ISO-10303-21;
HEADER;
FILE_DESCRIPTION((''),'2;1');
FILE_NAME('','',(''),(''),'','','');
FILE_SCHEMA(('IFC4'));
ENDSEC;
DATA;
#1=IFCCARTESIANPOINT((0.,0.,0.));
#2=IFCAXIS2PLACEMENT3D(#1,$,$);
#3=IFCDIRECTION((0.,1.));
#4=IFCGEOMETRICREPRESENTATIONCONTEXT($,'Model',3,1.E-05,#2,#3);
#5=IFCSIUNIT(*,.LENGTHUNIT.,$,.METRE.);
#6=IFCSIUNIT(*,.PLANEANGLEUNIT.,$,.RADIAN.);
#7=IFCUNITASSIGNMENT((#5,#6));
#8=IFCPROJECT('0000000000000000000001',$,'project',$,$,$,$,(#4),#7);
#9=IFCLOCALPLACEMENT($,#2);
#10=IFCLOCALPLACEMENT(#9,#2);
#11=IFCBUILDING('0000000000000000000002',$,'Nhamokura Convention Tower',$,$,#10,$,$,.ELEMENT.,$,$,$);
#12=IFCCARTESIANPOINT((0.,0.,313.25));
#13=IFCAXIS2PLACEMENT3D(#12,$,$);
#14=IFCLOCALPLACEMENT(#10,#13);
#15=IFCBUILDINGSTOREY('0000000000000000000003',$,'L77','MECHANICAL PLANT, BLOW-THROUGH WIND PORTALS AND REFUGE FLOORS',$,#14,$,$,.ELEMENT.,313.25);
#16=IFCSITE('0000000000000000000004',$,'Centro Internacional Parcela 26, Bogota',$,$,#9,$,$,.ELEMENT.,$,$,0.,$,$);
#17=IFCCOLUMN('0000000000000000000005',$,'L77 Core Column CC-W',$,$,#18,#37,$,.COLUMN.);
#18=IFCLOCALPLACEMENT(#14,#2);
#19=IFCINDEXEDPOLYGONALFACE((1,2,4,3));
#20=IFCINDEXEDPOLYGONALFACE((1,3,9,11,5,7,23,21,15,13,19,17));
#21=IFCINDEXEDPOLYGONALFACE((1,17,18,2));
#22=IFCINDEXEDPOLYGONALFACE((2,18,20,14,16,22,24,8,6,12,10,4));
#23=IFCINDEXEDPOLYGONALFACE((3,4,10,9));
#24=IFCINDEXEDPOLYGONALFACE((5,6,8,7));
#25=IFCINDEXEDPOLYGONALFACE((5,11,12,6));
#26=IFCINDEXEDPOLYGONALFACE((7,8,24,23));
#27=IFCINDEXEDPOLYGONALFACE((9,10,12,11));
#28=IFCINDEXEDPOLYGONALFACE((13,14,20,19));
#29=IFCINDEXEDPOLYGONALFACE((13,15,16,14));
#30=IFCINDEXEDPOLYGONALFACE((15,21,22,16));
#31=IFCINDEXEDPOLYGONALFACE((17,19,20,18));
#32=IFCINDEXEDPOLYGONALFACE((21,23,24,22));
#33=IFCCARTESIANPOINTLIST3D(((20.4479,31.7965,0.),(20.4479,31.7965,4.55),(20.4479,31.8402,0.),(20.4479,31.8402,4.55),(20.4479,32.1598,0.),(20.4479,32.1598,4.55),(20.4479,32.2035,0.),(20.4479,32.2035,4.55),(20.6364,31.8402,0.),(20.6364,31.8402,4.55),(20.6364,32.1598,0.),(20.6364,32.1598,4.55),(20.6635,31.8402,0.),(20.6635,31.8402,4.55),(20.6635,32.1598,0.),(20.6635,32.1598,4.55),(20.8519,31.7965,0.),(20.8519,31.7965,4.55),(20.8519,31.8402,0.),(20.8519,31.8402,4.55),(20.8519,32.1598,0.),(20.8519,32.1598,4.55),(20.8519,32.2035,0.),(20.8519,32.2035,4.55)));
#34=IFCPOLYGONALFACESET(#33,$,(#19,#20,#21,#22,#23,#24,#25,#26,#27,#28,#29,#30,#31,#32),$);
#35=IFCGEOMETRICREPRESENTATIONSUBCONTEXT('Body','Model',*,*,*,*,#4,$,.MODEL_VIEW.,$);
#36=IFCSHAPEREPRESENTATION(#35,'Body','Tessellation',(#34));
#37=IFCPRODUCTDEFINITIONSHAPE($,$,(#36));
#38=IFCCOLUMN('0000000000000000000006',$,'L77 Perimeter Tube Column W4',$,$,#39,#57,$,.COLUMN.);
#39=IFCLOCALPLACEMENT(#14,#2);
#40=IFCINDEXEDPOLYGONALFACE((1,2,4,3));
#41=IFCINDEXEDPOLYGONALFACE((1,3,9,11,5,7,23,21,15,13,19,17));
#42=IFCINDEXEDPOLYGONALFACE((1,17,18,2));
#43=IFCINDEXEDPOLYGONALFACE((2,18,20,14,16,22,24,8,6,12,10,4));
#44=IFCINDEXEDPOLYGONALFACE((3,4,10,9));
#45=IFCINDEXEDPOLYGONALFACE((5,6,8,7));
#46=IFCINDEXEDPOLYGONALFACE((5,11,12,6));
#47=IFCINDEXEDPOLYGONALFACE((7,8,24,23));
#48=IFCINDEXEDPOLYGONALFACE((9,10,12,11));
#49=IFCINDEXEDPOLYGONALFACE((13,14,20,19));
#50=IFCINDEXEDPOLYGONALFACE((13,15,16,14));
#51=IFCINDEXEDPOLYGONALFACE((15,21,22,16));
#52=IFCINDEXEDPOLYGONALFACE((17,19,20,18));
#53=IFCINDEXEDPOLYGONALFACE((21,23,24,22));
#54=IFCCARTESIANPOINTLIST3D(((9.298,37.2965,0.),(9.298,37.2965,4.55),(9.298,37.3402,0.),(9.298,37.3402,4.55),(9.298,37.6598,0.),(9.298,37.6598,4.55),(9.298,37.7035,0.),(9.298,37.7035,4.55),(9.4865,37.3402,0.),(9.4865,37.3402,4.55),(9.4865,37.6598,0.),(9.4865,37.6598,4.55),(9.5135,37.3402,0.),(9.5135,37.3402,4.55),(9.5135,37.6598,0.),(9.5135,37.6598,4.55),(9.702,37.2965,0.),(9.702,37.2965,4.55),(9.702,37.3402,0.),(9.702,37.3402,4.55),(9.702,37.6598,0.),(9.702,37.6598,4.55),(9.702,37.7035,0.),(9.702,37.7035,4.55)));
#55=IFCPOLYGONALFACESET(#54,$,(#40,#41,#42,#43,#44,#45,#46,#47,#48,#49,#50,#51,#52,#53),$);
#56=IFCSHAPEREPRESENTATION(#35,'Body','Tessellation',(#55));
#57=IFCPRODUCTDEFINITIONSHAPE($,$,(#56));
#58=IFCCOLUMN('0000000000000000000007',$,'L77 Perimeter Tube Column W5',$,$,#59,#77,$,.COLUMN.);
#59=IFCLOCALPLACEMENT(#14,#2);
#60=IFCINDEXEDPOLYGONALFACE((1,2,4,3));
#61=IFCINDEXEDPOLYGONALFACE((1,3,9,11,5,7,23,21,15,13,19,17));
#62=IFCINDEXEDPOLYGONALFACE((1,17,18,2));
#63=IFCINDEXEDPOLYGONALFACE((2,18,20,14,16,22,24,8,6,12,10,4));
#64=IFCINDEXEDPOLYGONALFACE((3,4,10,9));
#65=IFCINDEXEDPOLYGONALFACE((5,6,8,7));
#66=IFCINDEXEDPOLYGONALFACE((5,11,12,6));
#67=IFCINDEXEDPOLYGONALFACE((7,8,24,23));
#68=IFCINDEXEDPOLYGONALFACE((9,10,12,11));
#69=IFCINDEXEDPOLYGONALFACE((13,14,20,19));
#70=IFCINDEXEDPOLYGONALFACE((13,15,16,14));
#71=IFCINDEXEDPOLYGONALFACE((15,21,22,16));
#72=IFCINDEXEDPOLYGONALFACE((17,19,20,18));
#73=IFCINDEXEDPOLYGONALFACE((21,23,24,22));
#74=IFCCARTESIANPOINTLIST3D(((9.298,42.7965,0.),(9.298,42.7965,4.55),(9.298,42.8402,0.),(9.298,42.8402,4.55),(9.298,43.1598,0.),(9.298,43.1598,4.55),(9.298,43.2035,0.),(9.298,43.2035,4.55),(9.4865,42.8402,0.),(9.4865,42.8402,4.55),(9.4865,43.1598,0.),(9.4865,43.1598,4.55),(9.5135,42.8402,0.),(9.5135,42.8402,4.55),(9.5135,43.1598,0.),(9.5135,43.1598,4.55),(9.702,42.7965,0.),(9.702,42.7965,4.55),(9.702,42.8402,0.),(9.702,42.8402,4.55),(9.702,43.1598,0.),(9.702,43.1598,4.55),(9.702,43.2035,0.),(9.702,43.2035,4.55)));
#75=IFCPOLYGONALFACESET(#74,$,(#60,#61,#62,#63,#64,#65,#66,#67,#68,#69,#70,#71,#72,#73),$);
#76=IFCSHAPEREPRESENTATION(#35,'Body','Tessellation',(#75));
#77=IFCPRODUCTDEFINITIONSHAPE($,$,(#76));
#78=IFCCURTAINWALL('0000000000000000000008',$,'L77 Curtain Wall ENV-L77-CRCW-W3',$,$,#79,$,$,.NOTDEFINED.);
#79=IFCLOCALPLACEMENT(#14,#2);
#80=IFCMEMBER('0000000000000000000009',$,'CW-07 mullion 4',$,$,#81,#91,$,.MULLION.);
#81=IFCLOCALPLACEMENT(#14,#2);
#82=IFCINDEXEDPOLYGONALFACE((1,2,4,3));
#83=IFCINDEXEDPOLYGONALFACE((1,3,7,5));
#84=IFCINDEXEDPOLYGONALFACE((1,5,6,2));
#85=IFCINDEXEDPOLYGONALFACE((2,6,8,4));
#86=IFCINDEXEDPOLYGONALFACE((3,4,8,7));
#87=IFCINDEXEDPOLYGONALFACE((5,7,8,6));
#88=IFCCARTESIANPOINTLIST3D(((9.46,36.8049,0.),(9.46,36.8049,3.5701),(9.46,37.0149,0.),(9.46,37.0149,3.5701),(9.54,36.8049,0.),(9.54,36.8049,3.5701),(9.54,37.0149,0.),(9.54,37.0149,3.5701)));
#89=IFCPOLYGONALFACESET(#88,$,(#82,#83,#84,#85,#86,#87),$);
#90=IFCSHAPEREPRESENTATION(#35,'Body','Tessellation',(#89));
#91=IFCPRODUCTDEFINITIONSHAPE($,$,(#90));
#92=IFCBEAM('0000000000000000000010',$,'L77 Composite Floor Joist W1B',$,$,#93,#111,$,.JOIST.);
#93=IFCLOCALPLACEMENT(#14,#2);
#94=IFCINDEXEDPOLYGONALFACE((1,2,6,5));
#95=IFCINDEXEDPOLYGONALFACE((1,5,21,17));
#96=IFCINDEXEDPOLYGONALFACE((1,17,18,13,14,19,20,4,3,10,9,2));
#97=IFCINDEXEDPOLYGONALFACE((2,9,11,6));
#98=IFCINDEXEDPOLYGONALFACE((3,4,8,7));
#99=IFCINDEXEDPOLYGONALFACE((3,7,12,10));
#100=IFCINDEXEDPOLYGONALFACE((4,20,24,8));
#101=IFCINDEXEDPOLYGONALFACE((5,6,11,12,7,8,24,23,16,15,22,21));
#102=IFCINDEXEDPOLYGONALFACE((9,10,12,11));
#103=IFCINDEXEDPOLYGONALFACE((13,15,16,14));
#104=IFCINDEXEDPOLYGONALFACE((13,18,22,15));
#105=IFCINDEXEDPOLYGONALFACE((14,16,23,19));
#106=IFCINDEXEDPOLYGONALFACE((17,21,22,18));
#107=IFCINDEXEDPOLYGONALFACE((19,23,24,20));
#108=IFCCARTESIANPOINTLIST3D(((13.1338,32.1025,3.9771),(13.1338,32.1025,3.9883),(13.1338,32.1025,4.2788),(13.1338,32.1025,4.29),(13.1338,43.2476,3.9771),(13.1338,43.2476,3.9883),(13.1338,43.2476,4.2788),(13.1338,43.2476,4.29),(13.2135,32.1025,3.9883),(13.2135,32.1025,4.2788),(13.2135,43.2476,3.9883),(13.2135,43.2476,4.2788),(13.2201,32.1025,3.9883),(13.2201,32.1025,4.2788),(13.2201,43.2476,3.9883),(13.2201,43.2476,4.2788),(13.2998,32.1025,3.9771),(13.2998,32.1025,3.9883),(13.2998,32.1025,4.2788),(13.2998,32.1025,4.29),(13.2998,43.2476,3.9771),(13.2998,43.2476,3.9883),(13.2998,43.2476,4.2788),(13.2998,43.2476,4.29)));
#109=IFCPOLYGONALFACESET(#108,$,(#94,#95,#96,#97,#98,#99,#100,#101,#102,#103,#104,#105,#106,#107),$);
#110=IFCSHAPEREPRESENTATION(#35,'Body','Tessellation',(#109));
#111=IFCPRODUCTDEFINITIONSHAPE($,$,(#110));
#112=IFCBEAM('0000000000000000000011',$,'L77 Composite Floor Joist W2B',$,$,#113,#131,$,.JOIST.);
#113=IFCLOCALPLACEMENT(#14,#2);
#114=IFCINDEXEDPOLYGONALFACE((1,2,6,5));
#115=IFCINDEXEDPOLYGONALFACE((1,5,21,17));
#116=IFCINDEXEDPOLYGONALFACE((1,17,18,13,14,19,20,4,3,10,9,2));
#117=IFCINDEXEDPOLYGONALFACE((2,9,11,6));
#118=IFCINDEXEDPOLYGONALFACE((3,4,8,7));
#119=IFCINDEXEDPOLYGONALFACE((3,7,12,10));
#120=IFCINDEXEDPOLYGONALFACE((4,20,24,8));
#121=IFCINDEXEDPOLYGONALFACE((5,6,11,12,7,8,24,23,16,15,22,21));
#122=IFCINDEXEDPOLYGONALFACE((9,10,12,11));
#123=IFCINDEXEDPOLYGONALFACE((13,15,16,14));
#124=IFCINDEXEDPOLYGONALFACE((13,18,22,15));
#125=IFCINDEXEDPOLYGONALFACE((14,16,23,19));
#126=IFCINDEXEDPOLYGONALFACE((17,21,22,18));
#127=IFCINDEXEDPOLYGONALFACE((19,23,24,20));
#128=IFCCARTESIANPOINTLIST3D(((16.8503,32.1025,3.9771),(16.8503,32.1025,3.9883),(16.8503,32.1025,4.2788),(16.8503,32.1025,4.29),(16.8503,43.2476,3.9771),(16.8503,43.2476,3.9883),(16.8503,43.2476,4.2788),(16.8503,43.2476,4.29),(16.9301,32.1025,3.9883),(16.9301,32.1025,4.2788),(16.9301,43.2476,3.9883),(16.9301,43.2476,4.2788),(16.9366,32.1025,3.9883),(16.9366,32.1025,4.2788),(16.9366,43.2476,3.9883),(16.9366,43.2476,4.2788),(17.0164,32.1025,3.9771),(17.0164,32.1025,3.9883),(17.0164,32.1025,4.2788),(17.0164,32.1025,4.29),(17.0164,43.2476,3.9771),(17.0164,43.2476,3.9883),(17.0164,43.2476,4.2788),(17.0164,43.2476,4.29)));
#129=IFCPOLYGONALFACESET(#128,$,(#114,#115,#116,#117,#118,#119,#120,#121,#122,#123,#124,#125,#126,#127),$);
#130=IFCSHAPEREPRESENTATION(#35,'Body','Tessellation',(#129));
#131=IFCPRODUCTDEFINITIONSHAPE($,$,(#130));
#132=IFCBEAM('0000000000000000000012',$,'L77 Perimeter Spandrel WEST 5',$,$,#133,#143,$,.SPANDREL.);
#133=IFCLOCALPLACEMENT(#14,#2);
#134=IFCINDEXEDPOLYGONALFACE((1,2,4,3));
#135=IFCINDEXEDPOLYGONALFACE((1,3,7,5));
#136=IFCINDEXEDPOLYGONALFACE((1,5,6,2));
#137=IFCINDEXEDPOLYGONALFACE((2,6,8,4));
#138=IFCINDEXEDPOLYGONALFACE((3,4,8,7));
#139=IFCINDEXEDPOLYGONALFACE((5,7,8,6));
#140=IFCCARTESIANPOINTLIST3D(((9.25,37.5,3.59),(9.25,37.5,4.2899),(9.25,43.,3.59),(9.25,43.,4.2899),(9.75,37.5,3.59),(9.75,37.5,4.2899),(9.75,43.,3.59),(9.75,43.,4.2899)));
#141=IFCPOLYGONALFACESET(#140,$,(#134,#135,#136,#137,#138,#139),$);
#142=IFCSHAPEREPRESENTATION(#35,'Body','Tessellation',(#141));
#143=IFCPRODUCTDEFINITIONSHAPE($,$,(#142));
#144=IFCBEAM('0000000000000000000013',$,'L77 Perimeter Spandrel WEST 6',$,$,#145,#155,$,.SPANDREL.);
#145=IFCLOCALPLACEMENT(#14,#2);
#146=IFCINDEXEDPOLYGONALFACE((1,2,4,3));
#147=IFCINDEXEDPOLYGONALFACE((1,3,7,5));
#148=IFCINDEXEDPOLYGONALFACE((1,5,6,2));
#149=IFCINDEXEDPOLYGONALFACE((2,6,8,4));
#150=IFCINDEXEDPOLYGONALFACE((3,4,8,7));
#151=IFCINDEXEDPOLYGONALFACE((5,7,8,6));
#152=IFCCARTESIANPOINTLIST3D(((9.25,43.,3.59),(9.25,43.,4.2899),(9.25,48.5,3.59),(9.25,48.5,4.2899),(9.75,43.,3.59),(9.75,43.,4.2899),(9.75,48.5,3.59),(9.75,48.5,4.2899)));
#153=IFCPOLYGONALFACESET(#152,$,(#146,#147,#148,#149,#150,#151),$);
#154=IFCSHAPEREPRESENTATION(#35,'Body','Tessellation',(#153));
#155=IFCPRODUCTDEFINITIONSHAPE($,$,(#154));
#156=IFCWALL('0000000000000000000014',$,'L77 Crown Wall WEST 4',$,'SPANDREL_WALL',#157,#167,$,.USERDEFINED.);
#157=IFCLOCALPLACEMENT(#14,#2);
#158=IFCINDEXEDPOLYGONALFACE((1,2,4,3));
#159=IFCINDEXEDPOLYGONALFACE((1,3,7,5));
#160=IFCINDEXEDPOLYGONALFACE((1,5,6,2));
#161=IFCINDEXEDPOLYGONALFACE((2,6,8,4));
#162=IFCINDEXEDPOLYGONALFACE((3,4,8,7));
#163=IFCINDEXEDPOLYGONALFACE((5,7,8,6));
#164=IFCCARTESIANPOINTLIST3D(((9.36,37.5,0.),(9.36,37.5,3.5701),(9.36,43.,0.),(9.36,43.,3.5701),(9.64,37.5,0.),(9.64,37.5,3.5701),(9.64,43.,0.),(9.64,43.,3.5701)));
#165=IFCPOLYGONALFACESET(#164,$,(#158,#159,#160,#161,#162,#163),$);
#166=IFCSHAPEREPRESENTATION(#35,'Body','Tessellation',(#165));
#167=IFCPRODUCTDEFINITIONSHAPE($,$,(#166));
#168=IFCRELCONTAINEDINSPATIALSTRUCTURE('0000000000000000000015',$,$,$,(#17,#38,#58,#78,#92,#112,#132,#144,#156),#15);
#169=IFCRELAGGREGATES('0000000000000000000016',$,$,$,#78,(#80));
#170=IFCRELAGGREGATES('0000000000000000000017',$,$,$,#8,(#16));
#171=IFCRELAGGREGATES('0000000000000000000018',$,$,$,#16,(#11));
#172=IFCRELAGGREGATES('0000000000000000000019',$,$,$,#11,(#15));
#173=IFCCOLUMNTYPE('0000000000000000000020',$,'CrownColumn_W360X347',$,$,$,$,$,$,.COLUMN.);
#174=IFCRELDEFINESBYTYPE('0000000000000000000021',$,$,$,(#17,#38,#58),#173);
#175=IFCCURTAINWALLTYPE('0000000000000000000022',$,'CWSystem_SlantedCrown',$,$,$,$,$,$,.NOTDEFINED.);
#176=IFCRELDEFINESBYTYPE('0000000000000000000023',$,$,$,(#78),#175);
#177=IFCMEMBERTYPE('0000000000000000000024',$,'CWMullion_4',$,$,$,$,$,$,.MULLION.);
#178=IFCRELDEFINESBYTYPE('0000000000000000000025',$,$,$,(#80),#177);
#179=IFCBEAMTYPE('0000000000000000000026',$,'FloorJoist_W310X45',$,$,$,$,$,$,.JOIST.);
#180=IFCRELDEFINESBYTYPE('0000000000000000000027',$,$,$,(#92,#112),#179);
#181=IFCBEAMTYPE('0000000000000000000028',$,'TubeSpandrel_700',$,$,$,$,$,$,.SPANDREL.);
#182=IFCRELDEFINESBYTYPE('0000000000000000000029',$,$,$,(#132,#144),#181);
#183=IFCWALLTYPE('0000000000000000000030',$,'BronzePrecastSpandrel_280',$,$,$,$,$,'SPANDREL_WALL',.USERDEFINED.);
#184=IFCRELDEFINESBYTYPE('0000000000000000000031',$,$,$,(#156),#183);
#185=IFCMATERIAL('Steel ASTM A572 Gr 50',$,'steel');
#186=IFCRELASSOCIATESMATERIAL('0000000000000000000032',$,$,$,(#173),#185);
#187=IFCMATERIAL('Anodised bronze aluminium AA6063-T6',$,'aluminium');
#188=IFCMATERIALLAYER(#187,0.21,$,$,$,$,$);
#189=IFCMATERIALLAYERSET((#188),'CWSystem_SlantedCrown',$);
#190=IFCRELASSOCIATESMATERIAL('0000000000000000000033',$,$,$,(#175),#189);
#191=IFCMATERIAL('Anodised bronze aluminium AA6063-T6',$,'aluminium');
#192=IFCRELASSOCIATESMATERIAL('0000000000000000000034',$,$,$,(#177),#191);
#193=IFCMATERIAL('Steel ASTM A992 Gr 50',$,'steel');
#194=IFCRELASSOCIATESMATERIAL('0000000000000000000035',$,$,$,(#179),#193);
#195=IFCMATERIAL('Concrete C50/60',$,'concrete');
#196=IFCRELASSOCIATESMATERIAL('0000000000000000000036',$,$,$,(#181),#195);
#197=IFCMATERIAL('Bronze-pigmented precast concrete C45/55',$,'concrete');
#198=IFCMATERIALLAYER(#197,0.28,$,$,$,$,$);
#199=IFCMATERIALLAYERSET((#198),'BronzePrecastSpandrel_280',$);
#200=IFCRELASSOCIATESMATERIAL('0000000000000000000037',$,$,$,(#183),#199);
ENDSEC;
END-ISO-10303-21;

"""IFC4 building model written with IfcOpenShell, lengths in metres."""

from ifc_helpers import new_model, si_unit, direction, frame, frame_2d, origin, origin_2d, place, context, subcontext, project, spatial, rectangle, i_section, extrude, material, layer, layer_set, material_profile, profile_set, type_object, element, aggregate, save


model = new_model("IFC4")

# Units and contexts
model_context = context("Model", 3, precision=1e-05, world=origin(), true_north=direction((0.0, 1.0)))
body_context = subcontext(model_context, "Body", "Model", "MODEL_VIEW")
ifc_project = project(units=[si_unit("LENGTHUNIT", "METRE"), si_unit("PLANEANGLEUNIT", "RADIAN")], contexts=[model_context])

# Site, building, storey
site_placement = place(None, origin())
site = spatial("IfcSite", under=ifc_project, at=site_placement, Name="Centro Internacional Parcela 26, Bogota", CompositionType="ELEMENT", RefElevation=0.0)
building_placement = place(site_placement, origin())
building = spatial("IfcBuilding", under=site, at=building_placement, Name="Nhamokura Convention Tower", CompositionType="ELEMENT")
storey_placement = place(building_placement, frame((0.0, 0.0, 313.25)))
storey = spatial("IfcBuildingStorey", under=building, at=storey_placement, Name="L77", Description="MECHANICAL PLANT, BLOW-THROUGH WIND PORTALS AND REFUGE FLOORS", CompositionType="ELEMENT", Elevation=313.25)

# Columns
ifc_material_1 = material(Name="Steel ASTM A572 Gr 50", Category="steel")
ifc_material_profile_1 = material_profile(ifc_material_1, i_section(OverallWidth=0.4041, OverallDepth=0.407, WebThickness=0.0271, FlangeThickness=0.0437, at=origin_2d()))
ifc_profile_set_1 = profile_set([ifc_material_profile_1], Name="Steel ASTM A572 Gr 50")
column_type = type_object("IfcColumnType", Name="CrownColumn_W360X347", PredefinedType="COLUMN", material=ifc_profile_set_1)
for number, where, z_axis, x_axis, name in (
    (1, (20.6499, 32.0, 0.0), (0.0, 0.0, 1.0), (1.0, 0.0, 0.0), "L77 Core Column CC-W"),
    (2, (9.5, 37.5, 0.0), (0.0, 0.0, 1.0), (1.0, 0.0, 0.0), "L77 Perimeter Tube Column W4"),
    (3, (9.5, 43.0, 0.0), (0.0, 0.0, 1.0), (1.0, 0.0, 0.0), "L77 Perimeter Tube Column W5"),
):
    element("IfcColumn", number, at=place(storey_placement, frame(where, z_axis=z_axis, x_axis=x_axis)), inside=storey, type_object=column_type, Name=name, PredefinedType="COLUMN", context=body_context, shape_type="SweptSolid", body=[
        extrude(i_section(OverallWidth=0.4041, OverallDepth=0.407, WebThickness=0.0271, FlangeThickness=0.0437, at=origin_2d()), origin(), (0.0, 0.0, 1.0), 4.55),
    ])

# Curtain wall, member
ifc_material_2 = material(Name="Anodised bronze aluminium AA6063-T6", Category="aluminium")
ifc_layer_1 = layer(ifc_material_2, 0.21)
ifc_layer_set_1 = layer_set([ifc_layer_1], Name="CWSystem_SlantedCrown")
curtain_wall_type = type_object("IfcCurtainWallType", Name="CWSystem_SlantedCrown", PredefinedType="NOTDEFINED", material=ifc_layer_set_1)
curtain_wall_placement = place(storey_placement, origin())
curtain_wall = element("IfcCurtainWall", 4, at=curtain_wall_placement, inside=storey, type_object=curtain_wall_type, Name="L77 Curtain Wall ENV-L77-CRCW-W3", PredefinedType="NOTDEFINED")
ifc_material_3 = material(Name="Anodised bronze aluminium AA6063-T6", Category="aluminium")
ifc_material_profile_2 = material_profile(ifc_material_3, rectangle(XDim=0.0801, YDim=0.21, at=origin_2d()))
ifc_profile_set_2 = profile_set([ifc_material_profile_2], Name="Anodised bronze aluminium AA6063-T6")
member_type = type_object("IfcMemberType", Name="CWMullion_4", PredefinedType="MULLION", material=ifc_profile_set_2)
member_placement = place(storey_placement, frame((9.5, 36.9099, 0.0), z_axis=(0.0, 0.0, 1.0), x_axis=(-1.0, 0.0, 0.0)))
member = element("IfcMember", 5, at=member_placement, type_object=member_type, Name="CW-07 mullion 4", PredefinedType="MULLION", context=body_context, shape_type="SweptSolid", body=[
    extrude(rectangle(XDim=0.0801, YDim=0.21, at=origin_2d()), origin(), (0.0, 0.0, 1.0), 3.5701),
])
aggregate(curtain_wall, [member])

# Beams
ifc_material_4 = material(Name="Steel ASTM A992 Gr 50", Category="steel")
ifc_material_profile_3 = material_profile(ifc_material_4, i_section(OverallWidth=0.166, OverallDepth=0.313, WebThickness=0.0066, FlangeThickness=0.0112, at=origin_2d()))
ifc_profile_set_3 = profile_set([ifc_material_profile_3], Name="Steel ASTM A992 Gr 50")
beam_type_1 = type_object("IfcBeamType", Name="FloorJoist_W310X45", PredefinedType="JOIST", material=ifc_profile_set_3)
for number, where, z_axis, x_axis, name in (
    (6, (13.2168, 32.1025, 4.1335), (0.0, 1.0, 0.0), (-1.0, 0.0, 0.0), "L77 Composite Floor Joist W1B"),
    (7, (16.9333, 32.1025, 4.1335), (0.0, 1.0, 0.0), (-1.0, 0.0, 0.0), "L77 Composite Floor Joist W2B"),
):
    element("IfcBeam", number, at=place(storey_placement, frame(where, z_axis=z_axis, x_axis=x_axis)), inside=storey, type_object=beam_type_1, Name=name, PredefinedType="JOIST", context=body_context, shape_type="SweptSolid", body=[
        extrude(i_section(OverallWidth=0.166, OverallDepth=0.313, WebThickness=0.0066, FlangeThickness=0.0112, at=origin_2d()), origin(), (0.0, 0.0, 1.0), 11.145),
    ])
ifc_material_5 = material(Name="Concrete C50/60", Category="concrete")
ifc_material_profile_4 = material_profile(ifc_material_5, rectangle(XDim=0.5, YDim=0.7, at=origin_2d()))
ifc_profile_set_4 = profile_set([ifc_material_profile_4], Name="Concrete C50/60")
beam_type_2 = type_object("IfcBeamType", Name="TubeSpandrel_700", PredefinedType="SPANDREL", material=ifc_profile_set_4)
for number, where, z_axis, x_axis, name in (
    (8, (9.5, 37.5, 3.9399), (0.0, 1.0, 0.0), (-1.0, 0.0, 0.0), "L77 Perimeter Spandrel WEST 5"),
    (9, (9.5, 43.0, 3.9399), (0.0, 1.0, 0.0), (-1.0, 0.0, 0.0), "L77 Perimeter Spandrel WEST 6"),
):
    element("IfcBeam", number, at=place(storey_placement, frame(where, z_axis=z_axis, x_axis=x_axis)), inside=storey, type_object=beam_type_2, Name=name, PredefinedType="SPANDREL", context=body_context, shape_type="SweptSolid", body=[
        extrude(rectangle(XDim=0.5, YDim=0.7, at=origin_2d()), origin(), (0.0, 0.0, 1.0), 5.5),
    ])

# Wall
ifc_material_6 = material(Name="Bronze-pigmented precast concrete C45/55", Category="concrete")
ifc_layer_2 = layer(ifc_material_6, 0.28)
ifc_layer_set_2 = layer_set([ifc_layer_2], Name="BronzePrecastSpandrel_280")
wall_type_1 = type_object("IfcWallType", Name="BronzePrecastSpandrel_280", ElementType="SPANDREL_WALL", PredefinedType="USERDEFINED", material=ifc_layer_set_2)
wall_1_placement = place(storey_placement, frame((9.5, 37.5, 0.0), z_axis=(0.0, 0.0, 1.0), x_axis=(0.0, 1.0, 0.0)))
element("IfcWall", 10, at=wall_1_placement, inside=storey, type_object=wall_type_1, Name="L77 Crown Wall WEST 4", ObjectType="SPANDREL_WALL", PredefinedType="USERDEFINED", context=body_context, shape_type="SweptSolid", body=[
    extrude(rectangle(XDim=5.5, YDim=0.28, at=frame_2d((2.75, 0.0))), origin(), (0.0, 0.0, 1.0), 3.5701),
])

save(model, "model.ifc")
